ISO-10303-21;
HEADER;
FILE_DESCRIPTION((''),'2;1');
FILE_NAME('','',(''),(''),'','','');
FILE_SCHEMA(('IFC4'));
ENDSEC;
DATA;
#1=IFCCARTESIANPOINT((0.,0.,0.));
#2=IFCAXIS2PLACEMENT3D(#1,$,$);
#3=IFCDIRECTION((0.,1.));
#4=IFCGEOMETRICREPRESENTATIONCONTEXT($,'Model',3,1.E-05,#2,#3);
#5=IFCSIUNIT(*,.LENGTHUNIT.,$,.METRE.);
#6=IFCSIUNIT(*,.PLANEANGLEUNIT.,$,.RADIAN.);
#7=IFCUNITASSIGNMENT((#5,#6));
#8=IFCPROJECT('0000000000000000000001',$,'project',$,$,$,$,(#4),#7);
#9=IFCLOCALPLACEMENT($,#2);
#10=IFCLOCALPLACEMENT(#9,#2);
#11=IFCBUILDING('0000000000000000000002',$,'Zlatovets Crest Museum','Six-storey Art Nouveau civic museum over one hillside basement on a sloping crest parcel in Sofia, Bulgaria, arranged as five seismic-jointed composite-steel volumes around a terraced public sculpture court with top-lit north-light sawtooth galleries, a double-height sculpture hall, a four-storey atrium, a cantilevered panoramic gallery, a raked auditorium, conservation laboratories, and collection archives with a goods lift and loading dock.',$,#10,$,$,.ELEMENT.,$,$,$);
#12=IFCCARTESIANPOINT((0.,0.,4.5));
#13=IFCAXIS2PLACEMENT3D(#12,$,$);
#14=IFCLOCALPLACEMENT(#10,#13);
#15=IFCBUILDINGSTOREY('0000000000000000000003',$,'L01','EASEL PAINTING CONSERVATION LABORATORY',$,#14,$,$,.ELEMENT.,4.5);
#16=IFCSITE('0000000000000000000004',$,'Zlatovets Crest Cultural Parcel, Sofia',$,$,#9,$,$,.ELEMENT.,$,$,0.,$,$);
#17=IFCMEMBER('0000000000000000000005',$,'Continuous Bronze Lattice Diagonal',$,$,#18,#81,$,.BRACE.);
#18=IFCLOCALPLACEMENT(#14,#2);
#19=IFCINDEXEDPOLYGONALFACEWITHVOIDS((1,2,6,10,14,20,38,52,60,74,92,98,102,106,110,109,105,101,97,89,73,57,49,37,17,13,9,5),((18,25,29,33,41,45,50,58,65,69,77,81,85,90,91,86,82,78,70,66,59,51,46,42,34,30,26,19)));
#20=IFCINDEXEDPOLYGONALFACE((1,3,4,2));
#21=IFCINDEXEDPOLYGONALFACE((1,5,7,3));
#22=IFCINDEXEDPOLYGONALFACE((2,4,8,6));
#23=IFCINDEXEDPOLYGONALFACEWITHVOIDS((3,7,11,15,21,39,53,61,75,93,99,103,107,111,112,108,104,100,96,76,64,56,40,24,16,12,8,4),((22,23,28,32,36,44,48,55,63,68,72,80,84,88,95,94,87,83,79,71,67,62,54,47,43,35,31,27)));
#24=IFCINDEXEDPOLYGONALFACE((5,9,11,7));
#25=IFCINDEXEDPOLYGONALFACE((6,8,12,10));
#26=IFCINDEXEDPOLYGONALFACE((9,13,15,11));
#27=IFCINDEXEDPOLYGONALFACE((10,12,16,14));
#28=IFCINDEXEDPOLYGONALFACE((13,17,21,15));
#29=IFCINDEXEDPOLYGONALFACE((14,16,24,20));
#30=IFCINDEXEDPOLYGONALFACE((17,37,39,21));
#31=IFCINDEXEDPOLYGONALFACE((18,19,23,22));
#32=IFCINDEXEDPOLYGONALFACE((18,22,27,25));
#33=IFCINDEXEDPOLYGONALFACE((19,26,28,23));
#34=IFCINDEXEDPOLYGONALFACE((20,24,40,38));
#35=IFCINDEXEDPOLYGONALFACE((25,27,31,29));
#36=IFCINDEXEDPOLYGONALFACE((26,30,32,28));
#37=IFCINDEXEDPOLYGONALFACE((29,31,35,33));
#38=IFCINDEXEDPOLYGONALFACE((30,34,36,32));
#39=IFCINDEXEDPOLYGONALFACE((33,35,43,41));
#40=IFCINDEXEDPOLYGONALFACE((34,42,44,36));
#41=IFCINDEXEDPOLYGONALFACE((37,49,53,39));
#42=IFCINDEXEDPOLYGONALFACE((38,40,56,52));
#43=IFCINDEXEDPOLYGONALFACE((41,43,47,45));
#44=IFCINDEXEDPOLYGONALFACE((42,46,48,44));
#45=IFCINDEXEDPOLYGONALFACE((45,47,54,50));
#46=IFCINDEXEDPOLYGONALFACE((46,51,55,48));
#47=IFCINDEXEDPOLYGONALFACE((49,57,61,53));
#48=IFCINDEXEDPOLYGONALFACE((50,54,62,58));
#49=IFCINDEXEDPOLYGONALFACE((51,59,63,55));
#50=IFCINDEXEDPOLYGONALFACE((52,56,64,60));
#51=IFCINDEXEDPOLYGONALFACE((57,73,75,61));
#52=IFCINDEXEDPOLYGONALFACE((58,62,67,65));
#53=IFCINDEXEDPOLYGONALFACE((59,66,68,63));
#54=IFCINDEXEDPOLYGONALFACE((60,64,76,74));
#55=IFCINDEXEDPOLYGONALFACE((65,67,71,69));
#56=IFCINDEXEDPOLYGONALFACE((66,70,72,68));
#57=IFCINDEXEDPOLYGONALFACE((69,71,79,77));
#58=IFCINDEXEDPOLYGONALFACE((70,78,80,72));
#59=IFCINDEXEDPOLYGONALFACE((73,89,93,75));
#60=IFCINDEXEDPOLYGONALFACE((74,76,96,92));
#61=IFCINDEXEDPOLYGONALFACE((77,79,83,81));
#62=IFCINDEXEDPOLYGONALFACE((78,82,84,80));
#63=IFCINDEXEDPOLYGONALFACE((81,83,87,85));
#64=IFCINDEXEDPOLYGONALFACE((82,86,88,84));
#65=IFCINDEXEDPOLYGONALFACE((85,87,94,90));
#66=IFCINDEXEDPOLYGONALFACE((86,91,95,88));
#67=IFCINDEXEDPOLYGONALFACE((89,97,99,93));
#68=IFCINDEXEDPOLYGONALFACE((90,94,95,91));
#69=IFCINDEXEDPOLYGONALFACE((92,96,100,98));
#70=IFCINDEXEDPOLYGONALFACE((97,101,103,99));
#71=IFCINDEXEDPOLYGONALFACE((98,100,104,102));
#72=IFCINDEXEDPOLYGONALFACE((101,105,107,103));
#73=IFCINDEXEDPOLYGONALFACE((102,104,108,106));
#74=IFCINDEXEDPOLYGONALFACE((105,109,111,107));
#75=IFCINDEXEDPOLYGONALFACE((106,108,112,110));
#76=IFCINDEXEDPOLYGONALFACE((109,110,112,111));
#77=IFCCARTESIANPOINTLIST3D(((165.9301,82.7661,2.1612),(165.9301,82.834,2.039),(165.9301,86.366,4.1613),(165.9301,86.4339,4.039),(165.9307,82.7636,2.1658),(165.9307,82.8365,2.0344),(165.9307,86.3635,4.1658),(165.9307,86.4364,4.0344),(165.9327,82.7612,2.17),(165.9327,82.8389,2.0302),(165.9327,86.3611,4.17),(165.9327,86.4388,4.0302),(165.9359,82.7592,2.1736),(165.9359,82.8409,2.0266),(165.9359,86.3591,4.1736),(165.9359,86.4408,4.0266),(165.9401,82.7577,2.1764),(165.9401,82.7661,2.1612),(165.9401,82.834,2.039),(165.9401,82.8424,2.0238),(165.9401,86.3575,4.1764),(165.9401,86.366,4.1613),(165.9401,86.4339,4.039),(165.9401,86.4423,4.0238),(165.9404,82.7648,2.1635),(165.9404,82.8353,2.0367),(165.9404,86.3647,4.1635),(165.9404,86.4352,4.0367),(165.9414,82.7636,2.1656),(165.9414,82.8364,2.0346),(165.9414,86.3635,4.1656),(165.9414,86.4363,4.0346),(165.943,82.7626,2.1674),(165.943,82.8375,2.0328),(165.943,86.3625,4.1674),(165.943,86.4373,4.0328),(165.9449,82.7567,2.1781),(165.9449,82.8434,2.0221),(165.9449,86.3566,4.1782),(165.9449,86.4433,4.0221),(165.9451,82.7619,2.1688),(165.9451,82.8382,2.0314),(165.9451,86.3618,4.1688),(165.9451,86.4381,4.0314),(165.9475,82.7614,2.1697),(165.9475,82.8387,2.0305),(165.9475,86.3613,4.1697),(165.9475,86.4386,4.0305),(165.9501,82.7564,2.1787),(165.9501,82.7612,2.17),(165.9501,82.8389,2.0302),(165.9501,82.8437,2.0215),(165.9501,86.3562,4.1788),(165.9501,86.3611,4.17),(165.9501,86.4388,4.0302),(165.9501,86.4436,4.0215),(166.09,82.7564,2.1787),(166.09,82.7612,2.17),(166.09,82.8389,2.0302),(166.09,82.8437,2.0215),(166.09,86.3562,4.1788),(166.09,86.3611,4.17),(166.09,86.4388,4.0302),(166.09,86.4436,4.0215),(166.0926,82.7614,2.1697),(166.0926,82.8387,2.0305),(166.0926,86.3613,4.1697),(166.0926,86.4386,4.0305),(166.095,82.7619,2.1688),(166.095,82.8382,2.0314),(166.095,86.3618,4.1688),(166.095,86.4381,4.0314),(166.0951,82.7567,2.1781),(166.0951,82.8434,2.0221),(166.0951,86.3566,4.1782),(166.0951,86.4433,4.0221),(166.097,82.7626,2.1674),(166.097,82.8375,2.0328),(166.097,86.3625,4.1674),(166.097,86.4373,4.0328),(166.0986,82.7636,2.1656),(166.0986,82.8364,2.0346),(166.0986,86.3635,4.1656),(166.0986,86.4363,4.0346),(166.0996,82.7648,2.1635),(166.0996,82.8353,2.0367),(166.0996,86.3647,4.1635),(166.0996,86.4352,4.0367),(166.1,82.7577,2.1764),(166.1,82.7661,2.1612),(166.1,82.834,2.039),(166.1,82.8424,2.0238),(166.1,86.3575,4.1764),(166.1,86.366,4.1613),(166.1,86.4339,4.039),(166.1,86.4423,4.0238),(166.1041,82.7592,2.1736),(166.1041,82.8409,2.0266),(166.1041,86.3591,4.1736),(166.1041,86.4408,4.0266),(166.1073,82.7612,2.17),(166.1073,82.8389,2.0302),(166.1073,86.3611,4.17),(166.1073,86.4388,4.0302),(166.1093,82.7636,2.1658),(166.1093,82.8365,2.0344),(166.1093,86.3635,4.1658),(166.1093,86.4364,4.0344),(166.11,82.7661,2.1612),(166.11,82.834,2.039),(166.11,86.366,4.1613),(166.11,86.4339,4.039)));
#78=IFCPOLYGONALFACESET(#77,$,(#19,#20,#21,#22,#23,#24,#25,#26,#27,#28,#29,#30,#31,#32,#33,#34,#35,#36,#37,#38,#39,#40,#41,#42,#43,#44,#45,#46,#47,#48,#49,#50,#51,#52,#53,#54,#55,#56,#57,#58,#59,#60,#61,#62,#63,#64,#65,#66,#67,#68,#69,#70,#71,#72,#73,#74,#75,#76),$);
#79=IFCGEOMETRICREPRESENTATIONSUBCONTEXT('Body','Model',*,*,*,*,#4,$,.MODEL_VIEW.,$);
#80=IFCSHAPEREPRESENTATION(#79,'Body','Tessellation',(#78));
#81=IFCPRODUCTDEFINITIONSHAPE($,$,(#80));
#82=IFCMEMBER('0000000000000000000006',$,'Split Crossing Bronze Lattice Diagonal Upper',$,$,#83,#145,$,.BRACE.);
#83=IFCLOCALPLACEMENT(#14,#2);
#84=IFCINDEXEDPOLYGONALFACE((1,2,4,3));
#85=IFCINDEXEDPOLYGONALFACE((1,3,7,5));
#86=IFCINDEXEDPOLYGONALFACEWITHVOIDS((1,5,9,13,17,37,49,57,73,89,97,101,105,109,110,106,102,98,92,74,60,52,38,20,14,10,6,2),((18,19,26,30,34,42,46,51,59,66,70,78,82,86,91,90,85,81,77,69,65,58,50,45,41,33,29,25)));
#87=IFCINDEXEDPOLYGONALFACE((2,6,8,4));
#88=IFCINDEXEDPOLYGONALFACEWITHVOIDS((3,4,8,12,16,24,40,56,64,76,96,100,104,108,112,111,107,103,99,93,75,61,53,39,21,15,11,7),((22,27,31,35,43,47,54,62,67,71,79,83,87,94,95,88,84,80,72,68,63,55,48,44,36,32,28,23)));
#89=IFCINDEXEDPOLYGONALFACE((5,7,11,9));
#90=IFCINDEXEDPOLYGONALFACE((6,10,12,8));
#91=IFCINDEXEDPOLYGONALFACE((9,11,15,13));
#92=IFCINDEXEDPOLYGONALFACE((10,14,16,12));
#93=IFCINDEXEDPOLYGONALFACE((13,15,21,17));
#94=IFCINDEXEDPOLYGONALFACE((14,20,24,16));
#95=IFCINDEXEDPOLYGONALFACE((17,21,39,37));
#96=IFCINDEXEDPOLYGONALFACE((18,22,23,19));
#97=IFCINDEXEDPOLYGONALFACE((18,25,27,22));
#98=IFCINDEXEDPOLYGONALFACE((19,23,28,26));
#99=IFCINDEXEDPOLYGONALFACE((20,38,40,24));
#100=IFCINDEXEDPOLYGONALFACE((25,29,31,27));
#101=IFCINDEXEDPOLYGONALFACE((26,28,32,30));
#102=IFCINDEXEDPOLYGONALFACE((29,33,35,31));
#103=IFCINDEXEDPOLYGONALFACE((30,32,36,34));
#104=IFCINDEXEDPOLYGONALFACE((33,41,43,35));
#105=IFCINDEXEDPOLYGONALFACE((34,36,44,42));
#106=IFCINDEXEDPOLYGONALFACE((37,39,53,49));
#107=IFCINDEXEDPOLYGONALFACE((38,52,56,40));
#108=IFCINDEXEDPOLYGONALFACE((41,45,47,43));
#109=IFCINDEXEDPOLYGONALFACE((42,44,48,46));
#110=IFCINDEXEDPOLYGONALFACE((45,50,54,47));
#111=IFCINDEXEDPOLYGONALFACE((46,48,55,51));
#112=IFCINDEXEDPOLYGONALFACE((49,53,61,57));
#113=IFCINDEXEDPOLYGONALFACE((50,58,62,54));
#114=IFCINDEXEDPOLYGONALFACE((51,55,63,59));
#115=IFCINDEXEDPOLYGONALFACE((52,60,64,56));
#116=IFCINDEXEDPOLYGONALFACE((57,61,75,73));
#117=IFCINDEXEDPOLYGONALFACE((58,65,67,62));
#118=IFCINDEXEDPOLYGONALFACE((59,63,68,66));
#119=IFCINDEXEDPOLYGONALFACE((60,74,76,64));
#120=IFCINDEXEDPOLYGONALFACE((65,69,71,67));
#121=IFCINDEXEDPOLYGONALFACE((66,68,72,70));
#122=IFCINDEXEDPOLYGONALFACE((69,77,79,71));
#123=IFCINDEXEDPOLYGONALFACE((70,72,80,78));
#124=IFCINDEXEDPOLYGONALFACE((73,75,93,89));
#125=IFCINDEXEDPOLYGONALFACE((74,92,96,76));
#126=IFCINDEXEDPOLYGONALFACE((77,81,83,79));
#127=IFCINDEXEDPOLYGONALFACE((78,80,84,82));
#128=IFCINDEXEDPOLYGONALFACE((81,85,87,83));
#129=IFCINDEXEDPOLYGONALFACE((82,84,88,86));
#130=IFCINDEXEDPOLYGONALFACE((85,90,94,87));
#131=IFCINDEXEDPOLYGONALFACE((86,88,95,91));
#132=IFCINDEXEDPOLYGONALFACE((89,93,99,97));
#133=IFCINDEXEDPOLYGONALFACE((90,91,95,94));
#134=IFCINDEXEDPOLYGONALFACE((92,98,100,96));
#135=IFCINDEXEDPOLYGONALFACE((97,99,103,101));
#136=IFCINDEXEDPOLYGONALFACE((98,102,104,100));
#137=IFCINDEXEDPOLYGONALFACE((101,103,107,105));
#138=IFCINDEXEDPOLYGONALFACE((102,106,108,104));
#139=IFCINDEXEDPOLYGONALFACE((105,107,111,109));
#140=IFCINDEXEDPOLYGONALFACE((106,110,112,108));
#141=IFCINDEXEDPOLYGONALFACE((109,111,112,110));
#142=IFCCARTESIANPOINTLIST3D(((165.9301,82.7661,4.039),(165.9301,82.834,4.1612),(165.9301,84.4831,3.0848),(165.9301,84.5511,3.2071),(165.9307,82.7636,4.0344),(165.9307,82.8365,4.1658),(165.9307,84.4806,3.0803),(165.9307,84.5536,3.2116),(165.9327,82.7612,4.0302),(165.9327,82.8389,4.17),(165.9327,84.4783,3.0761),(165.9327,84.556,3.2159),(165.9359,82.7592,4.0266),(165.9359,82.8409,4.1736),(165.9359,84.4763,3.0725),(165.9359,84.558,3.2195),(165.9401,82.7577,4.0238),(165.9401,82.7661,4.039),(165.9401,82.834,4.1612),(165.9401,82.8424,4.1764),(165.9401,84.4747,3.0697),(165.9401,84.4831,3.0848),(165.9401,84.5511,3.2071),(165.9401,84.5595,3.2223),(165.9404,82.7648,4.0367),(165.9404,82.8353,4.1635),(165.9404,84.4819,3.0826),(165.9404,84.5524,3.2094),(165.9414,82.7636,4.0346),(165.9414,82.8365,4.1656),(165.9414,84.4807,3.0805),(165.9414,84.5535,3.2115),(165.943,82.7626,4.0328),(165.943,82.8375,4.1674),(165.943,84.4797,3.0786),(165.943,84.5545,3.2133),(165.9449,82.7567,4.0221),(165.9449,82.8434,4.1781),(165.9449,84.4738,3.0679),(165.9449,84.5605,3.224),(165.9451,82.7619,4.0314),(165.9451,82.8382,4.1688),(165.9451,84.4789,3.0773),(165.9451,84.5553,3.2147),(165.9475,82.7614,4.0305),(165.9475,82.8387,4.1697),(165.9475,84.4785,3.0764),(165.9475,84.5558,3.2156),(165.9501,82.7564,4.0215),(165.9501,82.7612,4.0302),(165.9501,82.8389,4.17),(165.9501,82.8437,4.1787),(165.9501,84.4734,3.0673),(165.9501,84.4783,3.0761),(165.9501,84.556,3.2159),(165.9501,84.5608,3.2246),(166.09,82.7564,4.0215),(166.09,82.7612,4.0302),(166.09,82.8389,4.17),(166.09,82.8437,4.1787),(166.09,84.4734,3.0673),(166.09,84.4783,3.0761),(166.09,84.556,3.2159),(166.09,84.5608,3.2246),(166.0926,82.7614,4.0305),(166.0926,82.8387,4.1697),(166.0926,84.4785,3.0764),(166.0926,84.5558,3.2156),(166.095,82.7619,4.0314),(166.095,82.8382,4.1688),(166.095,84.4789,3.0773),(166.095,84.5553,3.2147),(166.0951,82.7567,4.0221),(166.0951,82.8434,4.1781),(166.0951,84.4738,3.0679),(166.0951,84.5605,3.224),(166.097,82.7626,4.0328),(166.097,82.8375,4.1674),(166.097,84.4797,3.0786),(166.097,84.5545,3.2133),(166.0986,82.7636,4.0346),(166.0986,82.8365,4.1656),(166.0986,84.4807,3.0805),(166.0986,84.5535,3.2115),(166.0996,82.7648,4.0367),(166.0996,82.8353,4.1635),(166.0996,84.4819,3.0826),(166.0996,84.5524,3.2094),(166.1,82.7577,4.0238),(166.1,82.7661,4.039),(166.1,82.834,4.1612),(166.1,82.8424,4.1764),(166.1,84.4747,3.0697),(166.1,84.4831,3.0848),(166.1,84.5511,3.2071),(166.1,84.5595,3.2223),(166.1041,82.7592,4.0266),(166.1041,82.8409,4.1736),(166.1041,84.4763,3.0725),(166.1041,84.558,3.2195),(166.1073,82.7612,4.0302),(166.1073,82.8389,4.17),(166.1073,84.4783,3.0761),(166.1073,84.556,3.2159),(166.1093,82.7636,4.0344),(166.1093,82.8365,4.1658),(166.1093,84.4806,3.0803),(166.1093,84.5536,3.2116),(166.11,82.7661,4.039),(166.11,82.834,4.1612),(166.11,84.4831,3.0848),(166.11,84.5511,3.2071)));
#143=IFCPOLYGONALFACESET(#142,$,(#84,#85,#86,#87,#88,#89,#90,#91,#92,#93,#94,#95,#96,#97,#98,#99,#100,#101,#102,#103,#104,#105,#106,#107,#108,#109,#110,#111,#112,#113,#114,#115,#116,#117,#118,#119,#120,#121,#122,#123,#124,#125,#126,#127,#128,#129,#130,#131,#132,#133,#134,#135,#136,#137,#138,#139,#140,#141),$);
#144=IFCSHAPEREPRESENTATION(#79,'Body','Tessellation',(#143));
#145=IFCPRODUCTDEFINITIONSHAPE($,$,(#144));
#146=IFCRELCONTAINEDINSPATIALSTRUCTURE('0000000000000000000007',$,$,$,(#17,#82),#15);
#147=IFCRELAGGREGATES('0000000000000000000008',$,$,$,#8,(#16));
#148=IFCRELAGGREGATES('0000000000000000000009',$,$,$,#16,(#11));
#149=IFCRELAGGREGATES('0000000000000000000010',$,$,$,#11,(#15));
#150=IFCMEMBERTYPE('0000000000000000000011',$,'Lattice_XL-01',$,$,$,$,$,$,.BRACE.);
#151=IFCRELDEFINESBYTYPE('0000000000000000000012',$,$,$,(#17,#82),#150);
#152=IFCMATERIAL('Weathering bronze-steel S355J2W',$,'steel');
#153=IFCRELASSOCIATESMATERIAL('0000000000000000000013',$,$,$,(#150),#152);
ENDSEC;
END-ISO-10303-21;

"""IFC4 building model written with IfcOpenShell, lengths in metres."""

from ifc_helpers import new_model, si_unit, direction, frame, origin, origin_2d, place, context, subcontext, project, spatial, hollow_rectangle, extrude, material, material_profile, profile_set, type_object, element, save


model = new_model("IFC4")

# Units and contexts
model_context = context("Model", 3, precision=1e-05, world=origin(), true_north=direction((0.0, 1.0)))
body_context = subcontext(model_context, "Body", "Model", "MODEL_VIEW")
ifc_project = project(units=[si_unit("LENGTHUNIT", "METRE"), si_unit("PLANEANGLEUNIT", "RADIAN")], contexts=[model_context])

# Site, building, storey
site_placement = place(None, origin())
site = spatial("IfcSite", under=ifc_project, at=site_placement, Name="Zlatovets Crest Cultural Parcel, Sofia", CompositionType="ELEMENT", RefElevation=0.0)
building_placement = place(site_placement, origin())
building = spatial("IfcBuilding", under=site, at=building_placement, Name="Zlatovets Crest Museum", Description="Six-storey Art Nouveau civic museum over one hillside basement on a sloping crest parcel in Sofia, Bulgaria, arranged as five seismic-jointed composite-steel volumes around a terraced public sculpture court with top-lit north-light sawtooth galleries, a double-height sculpture hall, a four-storey atrium, a cantilevered panoramic gallery, a raked auditorium, conservation laboratories, and collection archives with a goods lift and loading dock.", CompositionType="ELEMENT")
storey_placement = place(building_placement, frame((0.0, 0.0, 4.5)))
storey = spatial("IfcBuildingStorey", under=building, at=storey_placement, Name="L01", Description="EASEL PAINTING CONSERVATION LABORATORY", CompositionType="ELEMENT", Elevation=4.5)

# Members
ifc_material_1 = material(Name="Weathering bronze-steel S355J2W", Category="steel")
ifc_material_profile_1 = material_profile(ifc_material_1, hollow_rectangle(XDim=0.1799, YDim=0.1799, WallThickness=0.01, InnerFilletRadius=0.01, OuterFilletRadius=0.02, at=origin_2d()), Name="SHS 180x180x10.0")
ifc_profile_set_1 = profile_set([ifc_material_profile_1], Name="Weathering bronze-steel S355J2W")
member_type_1 = type_object("IfcMemberType", Name="Lattice_XL-01", PredefinedType="BRACE", material=ifc_profile_set_1)
member_1_placement = place(storey_placement, frame((166.02, 82.8, 2.1001), z_axis=(0.0, 0.874149, 0.485658), x_axis=(-1.0, 0.0, 0.0)))
element("IfcMember", 1, at=member_1_placement, inside=storey, type_object=member_type_1, Name="Continuous Bronze Lattice Diagonal", PredefinedType="BRACE", context=body_context, shape_type="SweptSolid", body=[
    extrude(hollow_rectangle(XDim=0.1799, YDim=0.1799, WallThickness=0.01, InnerFilletRadius=0.01, OuterFilletRadius=0.02, at=origin_2d()), origin(), (0.0, 0.0, 1.0), 4.1182),
])
member_2_placement = place(storey_placement, frame((166.02, 82.8, 4.1001), z_axis=(0.0, 0.874116, -0.485717), x_axis=(-1.0, 0.0, 0.0)))
element("IfcMember", 2, at=member_2_placement, inside=storey, type_object=member_type_1, Name="Split Crossing Bronze Lattice Diagonal Upper", PredefinedType="BRACE", context=body_context, shape_type="SweptSolid", body=[
    extrude(hollow_rectangle(XDim=0.1799, YDim=0.1799, WallThickness=0.01, InnerFilletRadius=0.01, OuterFilletRadius=0.02, at=origin_2d()), origin(), (0.0, 0.0, 1.0), 1.9644),
])

save(model, "model.ifc")
